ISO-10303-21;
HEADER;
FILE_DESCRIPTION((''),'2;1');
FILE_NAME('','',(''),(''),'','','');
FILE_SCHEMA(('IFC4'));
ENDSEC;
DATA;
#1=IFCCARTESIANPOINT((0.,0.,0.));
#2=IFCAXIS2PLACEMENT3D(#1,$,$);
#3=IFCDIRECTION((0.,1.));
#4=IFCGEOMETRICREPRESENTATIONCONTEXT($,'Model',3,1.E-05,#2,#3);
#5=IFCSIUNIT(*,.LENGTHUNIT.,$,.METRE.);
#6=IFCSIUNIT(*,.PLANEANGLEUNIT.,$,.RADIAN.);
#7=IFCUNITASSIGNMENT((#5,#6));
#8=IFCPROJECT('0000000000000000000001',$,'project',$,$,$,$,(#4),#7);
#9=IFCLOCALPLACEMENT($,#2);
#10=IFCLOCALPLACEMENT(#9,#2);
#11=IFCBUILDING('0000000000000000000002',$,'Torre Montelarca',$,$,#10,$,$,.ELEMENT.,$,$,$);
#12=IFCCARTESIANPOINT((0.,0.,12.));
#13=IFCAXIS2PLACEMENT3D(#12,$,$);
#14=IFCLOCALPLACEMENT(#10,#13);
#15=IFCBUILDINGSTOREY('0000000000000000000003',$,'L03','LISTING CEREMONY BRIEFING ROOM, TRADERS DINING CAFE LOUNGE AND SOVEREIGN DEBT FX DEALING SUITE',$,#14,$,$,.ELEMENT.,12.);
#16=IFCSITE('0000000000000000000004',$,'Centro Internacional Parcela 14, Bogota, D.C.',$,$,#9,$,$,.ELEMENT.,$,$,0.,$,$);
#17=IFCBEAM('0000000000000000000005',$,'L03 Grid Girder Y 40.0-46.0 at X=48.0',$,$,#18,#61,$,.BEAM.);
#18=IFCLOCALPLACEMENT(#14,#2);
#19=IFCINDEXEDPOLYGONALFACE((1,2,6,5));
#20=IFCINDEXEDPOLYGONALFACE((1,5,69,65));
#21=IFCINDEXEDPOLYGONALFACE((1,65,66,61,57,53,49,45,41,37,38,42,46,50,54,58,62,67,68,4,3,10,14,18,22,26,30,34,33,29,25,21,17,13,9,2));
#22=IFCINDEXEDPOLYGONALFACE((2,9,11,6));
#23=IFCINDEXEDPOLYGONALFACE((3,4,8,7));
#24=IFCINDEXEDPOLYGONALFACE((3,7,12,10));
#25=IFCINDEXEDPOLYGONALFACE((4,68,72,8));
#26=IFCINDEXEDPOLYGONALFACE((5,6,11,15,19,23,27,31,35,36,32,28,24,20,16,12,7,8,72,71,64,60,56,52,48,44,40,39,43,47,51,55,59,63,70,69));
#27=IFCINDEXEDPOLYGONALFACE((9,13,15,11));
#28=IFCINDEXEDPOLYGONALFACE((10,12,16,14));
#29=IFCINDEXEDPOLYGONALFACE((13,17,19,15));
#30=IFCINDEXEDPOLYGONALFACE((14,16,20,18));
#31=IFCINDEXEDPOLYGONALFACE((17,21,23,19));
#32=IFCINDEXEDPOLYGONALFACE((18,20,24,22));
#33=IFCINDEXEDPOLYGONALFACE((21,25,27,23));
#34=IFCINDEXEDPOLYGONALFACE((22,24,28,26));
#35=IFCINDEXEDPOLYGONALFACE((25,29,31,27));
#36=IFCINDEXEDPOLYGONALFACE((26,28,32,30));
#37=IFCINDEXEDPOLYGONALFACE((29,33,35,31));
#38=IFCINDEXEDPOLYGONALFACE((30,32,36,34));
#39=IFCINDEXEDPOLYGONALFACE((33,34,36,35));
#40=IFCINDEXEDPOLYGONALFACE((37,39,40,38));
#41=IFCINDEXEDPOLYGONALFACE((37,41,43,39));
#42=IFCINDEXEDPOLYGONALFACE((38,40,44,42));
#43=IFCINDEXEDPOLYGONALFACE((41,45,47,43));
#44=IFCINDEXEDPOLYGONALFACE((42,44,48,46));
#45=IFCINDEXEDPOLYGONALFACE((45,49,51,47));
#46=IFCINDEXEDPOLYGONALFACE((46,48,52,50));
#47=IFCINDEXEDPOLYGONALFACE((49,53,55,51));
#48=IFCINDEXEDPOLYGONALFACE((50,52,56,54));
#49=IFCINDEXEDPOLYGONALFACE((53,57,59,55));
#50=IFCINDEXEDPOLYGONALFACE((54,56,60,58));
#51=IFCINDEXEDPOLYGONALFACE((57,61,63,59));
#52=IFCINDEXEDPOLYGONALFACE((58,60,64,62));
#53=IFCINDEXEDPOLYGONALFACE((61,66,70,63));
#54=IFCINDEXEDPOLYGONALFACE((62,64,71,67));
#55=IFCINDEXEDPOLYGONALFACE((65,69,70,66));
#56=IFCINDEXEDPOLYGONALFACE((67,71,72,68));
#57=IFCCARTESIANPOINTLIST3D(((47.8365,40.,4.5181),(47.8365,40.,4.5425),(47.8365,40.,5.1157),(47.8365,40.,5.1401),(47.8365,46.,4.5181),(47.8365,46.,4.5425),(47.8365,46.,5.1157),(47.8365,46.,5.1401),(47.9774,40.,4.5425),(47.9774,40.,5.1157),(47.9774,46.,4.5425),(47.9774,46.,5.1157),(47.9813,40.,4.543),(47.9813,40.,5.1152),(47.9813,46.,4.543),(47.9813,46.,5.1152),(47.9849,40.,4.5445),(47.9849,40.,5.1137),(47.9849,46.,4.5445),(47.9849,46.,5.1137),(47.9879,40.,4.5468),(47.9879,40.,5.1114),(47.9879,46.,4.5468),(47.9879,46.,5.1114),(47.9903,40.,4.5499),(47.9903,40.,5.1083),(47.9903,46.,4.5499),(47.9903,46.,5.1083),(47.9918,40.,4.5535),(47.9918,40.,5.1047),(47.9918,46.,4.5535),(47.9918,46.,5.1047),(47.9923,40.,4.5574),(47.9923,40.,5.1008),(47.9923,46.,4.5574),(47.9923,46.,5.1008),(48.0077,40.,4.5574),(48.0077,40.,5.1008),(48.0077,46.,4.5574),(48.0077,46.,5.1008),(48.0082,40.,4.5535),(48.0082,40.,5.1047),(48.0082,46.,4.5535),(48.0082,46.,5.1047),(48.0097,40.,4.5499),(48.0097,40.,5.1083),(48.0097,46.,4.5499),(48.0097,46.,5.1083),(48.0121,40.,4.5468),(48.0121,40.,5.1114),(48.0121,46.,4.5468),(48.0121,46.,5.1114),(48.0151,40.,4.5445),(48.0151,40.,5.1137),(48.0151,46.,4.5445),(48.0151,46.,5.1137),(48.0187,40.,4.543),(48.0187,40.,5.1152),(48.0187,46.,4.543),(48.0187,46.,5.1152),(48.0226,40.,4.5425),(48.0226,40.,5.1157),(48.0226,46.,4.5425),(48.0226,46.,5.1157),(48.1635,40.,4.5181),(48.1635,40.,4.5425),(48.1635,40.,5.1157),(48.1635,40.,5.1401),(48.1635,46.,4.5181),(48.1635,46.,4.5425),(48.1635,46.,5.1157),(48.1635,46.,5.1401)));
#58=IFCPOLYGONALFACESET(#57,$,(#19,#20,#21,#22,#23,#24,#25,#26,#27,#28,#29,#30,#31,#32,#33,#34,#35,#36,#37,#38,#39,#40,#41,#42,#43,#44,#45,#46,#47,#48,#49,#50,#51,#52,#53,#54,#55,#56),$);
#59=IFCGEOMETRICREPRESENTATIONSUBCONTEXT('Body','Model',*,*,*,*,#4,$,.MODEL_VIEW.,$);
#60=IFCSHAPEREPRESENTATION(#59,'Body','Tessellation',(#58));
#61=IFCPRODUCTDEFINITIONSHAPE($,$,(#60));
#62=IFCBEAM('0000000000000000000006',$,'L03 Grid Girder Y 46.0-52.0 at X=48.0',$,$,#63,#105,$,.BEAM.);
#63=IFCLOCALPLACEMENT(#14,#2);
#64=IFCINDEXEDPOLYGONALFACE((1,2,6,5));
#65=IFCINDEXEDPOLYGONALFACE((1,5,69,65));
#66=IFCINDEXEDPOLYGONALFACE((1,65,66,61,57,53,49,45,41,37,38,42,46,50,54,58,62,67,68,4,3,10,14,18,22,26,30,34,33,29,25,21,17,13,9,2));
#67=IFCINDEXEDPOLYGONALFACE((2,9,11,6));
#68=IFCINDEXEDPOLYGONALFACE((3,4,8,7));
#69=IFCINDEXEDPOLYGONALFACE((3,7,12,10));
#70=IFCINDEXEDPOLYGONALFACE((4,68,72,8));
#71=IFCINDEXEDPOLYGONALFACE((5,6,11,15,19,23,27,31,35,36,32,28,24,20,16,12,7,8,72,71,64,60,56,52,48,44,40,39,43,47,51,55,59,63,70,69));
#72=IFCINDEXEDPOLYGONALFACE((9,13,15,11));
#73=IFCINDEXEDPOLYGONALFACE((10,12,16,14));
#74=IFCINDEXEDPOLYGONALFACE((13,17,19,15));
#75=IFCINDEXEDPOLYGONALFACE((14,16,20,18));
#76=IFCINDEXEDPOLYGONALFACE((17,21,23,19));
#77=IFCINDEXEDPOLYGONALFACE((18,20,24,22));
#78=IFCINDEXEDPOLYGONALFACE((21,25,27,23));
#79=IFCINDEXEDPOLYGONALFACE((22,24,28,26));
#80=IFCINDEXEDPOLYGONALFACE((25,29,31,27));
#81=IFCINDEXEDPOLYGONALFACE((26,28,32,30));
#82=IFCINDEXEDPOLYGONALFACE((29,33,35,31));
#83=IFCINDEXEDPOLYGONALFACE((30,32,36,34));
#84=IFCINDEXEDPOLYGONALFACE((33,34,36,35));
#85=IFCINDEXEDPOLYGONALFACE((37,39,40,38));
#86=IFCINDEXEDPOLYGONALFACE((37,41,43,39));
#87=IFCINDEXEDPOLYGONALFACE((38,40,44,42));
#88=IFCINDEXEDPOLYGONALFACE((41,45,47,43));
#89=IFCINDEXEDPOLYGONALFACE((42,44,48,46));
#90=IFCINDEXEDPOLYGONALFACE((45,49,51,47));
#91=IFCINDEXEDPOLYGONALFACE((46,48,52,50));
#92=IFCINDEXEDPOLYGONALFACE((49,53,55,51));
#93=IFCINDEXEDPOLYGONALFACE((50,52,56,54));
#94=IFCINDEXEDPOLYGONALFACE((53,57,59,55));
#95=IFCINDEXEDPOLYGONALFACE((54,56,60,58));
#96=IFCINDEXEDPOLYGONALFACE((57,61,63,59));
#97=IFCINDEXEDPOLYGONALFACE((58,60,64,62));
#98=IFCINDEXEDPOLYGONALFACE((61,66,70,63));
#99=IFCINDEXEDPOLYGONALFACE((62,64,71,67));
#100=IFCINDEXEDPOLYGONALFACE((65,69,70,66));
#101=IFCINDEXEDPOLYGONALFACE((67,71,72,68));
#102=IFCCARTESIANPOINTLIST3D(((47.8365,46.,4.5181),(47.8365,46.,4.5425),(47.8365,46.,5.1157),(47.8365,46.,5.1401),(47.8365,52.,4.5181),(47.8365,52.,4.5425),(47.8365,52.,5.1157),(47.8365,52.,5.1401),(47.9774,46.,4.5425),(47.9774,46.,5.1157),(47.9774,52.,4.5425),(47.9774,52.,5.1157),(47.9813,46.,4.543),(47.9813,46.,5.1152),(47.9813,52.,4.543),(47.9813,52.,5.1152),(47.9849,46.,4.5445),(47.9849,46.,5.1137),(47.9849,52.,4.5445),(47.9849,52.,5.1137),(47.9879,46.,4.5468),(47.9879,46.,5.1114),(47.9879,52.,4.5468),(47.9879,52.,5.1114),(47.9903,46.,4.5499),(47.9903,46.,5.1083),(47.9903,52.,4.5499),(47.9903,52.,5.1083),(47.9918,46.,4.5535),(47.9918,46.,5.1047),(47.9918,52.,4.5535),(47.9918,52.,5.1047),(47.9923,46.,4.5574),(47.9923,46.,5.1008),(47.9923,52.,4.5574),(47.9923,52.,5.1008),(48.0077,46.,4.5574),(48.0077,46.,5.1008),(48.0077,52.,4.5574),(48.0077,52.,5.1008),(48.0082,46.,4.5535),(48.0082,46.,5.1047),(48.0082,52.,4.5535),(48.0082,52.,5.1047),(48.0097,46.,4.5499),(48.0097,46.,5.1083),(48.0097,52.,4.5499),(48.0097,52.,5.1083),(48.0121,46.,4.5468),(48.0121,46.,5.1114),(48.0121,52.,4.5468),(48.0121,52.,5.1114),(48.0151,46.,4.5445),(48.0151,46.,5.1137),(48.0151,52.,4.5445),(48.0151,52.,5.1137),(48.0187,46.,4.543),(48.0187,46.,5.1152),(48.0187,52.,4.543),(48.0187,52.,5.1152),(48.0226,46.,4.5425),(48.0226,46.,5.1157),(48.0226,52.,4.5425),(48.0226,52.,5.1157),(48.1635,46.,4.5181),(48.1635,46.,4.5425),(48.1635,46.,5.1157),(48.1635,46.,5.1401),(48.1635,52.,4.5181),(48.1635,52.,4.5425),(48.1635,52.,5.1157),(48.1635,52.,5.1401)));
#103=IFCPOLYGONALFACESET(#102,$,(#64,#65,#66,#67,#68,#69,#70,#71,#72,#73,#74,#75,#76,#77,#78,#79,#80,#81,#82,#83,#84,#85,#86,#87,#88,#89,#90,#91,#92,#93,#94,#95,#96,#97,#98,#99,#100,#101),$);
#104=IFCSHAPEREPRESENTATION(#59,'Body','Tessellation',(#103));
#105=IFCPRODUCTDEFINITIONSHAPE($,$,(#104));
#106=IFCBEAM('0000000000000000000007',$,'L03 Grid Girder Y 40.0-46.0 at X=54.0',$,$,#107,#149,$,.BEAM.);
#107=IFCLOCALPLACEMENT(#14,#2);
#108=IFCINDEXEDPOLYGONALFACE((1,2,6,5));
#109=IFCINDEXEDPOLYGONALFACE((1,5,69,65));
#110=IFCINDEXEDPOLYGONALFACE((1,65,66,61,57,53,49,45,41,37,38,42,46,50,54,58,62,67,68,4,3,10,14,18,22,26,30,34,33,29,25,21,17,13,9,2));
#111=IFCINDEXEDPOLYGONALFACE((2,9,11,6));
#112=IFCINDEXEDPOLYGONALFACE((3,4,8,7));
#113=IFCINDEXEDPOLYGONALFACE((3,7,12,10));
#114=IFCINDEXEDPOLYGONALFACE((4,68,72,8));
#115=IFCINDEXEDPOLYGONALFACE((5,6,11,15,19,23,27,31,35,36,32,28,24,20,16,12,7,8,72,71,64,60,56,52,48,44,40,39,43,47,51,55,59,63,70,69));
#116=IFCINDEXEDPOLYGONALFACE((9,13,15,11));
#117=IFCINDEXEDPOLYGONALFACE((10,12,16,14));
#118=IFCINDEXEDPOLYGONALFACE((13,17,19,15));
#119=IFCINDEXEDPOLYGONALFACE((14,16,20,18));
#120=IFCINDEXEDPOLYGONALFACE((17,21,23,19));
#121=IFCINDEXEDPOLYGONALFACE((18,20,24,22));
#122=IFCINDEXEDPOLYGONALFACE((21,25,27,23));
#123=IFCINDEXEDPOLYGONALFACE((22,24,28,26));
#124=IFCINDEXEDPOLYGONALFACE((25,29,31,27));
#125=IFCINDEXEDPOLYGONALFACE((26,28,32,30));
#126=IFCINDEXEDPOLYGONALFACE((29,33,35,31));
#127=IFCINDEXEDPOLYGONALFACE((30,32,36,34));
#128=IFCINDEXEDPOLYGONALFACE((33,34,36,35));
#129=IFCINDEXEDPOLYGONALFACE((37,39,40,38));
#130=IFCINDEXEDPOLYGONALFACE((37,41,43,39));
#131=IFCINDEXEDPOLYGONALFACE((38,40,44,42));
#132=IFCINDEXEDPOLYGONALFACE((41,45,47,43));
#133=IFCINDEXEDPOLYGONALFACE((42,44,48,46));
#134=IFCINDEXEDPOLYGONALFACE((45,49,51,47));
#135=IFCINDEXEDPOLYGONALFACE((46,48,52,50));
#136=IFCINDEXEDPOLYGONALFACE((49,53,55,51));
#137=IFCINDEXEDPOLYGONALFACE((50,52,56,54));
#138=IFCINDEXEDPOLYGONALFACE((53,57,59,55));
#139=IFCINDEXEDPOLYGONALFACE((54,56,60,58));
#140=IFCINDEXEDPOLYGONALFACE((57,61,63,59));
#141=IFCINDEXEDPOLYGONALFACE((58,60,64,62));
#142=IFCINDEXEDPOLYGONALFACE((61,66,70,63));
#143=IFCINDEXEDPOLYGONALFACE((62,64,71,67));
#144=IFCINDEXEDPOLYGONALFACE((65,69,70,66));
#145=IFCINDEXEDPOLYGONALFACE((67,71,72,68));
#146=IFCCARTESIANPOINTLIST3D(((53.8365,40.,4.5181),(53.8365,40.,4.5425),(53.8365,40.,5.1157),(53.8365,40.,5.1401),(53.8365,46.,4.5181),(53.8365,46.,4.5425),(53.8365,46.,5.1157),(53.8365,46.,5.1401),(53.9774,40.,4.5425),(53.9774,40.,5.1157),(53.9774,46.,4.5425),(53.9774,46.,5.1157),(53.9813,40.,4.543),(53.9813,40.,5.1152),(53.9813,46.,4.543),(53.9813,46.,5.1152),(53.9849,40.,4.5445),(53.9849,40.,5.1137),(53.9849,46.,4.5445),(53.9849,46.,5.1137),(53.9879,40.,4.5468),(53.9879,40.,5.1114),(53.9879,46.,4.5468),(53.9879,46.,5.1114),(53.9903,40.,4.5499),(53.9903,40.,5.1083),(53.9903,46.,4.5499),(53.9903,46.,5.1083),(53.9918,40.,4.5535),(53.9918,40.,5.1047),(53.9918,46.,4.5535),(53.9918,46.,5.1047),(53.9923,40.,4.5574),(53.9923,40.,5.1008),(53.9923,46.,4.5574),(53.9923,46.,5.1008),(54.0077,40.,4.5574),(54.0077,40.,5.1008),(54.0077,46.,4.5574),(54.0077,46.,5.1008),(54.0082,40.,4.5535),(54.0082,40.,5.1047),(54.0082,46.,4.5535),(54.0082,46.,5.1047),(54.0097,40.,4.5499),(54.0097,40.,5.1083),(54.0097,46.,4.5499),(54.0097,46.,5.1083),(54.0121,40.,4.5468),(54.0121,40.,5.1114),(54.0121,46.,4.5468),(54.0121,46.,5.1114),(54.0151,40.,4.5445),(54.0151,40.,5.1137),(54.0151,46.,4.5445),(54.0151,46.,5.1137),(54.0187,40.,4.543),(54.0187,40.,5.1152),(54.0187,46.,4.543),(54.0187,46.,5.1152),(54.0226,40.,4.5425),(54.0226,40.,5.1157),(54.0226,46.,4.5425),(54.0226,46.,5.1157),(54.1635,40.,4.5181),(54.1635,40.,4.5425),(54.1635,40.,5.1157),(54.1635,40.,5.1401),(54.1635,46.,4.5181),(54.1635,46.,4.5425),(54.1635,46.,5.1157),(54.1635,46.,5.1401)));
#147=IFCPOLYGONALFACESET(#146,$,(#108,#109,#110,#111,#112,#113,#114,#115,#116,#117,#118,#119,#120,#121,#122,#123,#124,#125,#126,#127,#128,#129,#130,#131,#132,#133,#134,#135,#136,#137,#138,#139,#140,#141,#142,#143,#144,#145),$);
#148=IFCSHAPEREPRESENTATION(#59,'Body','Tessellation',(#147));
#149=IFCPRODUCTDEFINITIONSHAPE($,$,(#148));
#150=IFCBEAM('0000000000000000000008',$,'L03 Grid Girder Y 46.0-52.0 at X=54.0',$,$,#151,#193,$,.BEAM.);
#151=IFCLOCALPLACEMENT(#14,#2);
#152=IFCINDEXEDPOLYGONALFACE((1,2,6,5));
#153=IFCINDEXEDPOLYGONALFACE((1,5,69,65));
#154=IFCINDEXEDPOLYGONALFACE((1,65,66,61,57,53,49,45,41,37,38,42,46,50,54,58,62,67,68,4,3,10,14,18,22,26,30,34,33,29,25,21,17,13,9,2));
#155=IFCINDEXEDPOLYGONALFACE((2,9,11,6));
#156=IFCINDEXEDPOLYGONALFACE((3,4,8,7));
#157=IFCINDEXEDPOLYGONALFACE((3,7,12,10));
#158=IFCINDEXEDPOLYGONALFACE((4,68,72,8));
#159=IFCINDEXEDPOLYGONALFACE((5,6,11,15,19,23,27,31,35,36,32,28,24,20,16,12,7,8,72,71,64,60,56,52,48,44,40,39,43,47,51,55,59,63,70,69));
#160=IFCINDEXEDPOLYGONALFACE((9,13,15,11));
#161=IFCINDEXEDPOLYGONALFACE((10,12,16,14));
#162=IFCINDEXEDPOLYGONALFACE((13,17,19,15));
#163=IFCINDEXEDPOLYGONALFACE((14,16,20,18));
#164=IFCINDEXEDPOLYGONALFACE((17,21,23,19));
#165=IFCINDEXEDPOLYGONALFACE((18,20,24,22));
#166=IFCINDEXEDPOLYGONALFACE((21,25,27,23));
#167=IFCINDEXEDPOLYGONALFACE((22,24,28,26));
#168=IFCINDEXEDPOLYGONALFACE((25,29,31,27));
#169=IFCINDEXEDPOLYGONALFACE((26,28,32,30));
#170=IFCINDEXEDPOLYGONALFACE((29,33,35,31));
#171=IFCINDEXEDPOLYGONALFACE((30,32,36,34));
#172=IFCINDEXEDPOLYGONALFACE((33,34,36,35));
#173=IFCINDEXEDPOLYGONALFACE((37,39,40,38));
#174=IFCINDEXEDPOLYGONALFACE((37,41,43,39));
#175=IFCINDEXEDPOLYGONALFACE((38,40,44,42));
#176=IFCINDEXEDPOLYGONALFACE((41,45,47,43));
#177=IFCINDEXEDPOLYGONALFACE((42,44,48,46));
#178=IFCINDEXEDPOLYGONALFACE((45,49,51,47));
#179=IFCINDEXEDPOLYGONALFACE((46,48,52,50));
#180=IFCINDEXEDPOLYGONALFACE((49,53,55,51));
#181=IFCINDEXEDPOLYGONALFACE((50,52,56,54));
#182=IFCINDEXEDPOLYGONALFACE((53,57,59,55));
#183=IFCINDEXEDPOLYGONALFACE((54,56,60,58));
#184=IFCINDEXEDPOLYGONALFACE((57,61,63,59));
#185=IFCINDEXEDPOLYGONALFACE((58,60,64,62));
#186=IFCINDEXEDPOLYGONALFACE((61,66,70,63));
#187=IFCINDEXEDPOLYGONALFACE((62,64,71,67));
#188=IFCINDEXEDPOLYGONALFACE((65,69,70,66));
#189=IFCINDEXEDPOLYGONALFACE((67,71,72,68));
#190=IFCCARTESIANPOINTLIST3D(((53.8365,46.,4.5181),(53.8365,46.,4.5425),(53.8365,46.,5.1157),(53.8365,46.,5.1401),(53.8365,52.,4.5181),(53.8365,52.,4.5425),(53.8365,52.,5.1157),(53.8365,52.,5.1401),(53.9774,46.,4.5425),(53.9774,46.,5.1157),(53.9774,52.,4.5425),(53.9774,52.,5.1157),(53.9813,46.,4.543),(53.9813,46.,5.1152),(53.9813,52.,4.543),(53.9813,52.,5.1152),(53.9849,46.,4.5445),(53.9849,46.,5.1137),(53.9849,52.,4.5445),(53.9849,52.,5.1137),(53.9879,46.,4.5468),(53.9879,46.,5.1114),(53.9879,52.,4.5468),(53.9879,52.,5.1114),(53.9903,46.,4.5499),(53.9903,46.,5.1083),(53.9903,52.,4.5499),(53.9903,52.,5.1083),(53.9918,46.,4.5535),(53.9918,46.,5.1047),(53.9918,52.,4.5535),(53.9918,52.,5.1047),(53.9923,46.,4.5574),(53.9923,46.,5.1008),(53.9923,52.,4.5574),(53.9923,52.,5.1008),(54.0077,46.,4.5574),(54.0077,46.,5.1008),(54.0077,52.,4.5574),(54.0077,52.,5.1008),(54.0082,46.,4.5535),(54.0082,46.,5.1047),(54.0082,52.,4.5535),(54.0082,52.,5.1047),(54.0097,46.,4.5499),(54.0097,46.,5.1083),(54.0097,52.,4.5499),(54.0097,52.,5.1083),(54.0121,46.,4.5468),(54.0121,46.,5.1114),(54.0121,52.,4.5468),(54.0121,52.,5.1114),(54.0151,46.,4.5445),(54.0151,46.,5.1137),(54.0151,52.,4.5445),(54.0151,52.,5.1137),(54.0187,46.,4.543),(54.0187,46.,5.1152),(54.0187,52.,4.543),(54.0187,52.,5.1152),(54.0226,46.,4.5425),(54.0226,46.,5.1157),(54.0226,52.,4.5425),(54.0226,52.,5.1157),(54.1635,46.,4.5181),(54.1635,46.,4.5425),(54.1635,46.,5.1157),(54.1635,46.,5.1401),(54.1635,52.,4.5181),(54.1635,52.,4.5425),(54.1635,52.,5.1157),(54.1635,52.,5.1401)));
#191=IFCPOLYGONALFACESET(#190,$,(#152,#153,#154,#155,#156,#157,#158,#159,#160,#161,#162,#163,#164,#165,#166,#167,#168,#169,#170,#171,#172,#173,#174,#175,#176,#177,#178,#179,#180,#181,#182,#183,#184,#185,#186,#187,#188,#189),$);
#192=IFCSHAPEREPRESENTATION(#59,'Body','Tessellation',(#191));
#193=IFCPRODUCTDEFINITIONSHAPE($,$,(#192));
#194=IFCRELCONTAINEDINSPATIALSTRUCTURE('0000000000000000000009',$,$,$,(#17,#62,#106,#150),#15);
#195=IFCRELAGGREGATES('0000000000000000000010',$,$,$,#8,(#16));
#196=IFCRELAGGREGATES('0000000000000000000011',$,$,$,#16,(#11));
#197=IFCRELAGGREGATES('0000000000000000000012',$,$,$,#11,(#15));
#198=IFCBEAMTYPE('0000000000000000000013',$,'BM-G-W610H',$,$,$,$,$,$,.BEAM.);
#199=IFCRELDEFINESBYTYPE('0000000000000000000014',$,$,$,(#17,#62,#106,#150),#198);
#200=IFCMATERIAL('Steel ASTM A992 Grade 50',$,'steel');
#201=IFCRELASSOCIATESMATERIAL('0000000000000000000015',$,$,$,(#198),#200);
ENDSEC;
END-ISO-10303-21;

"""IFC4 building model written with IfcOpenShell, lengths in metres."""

from ifc_helpers import new_model, si_unit, direction, frame, origin, origin_2d, place, context, subcontext, project, spatial, i_section, extrude, source, transform, mapped, material, material_profile, profile_set, type_object, element, save


model = new_model("IFC4")

# Units and contexts
model_context = context("Model", 3, precision=1e-05, world=origin(), true_north=direction((0.0, 1.0)))
body_context = subcontext(model_context, "Body", "Model", "MODEL_VIEW")
ifc_project = project(units=[si_unit("LENGTHUNIT", "METRE"), si_unit("PLANEANGLEUNIT", "RADIAN")], contexts=[model_context])

# Site, building, storey
site_placement = place(None, origin())
site = spatial("IfcSite", under=ifc_project, at=site_placement, Name="Centro Internacional Parcela 14, Bogota, D.C.", CompositionType="ELEMENT", RefElevation=0.0)
building_placement = place(site_placement, origin())
building = spatial("IfcBuilding", under=site, at=building_placement, Name="Torre Montelarca", CompositionType="ELEMENT")
storey_placement = place(building_placement, frame((0.0, 0.0, 12.0)))
storey = spatial("IfcBuildingStorey", under=building, at=storey_placement, Name="L03", Description="LISTING CEREMONY BRIEFING ROOM, TRADERS DINING CAFE LOUNGE AND SOVEREIGN DEBT FX DEALING SUITE", CompositionType="ELEMENT", Elevation=12.0)

# Shared definitions
ifc_material_1 = material(Name="Steel ASTM A992 Grade 50", Category="steel")

# Beams
ifc_material_profile_1 = material_profile(ifc_material_1, i_section(OverallWidth=0.3269, OverallDepth=0.6221, WebThickness=0.0154, FlangeThickness=0.0244, FilletRadius=0.0149, at=origin_2d()), Name="W610X195", Category="steel")
ifc_profile_set_1 = profile_set([ifc_material_profile_1], Name="Steel ASTM A992 Grade 50")
beam_type_1 = type_object("IfcBeamType", Name="BM-G-W610H", PredefinedType="BEAM", material=ifc_profile_set_1)
shared_shape_1 = source(origin(), body_context, "Body", "SweptSolid", [
    extrude(i_section(OverallWidth=0.3269, OverallDepth=0.6221, WebThickness=0.0154, FlangeThickness=0.0244, FilletRadius=0.0149, at=origin_2d()), origin(), (0.0, 0.0, 1.0), 6.0),
])
for number, where, z_axis, x_axis, name in (
    (1, (48.0, 40.0, 4.8291), (0.0, 1.0, 0.0), (-1.0, 0.0, 0.0), "L03 Grid Girder Y 40.0-46.0 at X=48.0"),
    (2, (48.0, 46.0, 4.8291), (0.0, 1.0, 0.0), (-1.0, 0.0, 0.0), "L03 Grid Girder Y 46.0-52.0 at X=48.0"),
    (3, (54.0, 40.0, 4.8291), (0.0, 1.0, 0.0), (-1.0, 0.0, 0.0), "L03 Grid Girder Y 40.0-46.0 at X=54.0"),
    (4, (54.0, 46.0, 4.8291), (0.0, 1.0, 0.0), (-1.0, 0.0, 0.0), "L03 Grid Girder Y 46.0-52.0 at X=54.0"),
):
    element("IfcBeam", number, at=place(storey_placement, frame(where, z_axis=z_axis, x_axis=x_axis)), inside=storey, type_object=beam_type_1, Name=name, PredefinedType="BEAM", context=body_context, shape_type="MappedRepresentation", body=[
        mapped(shared_shape_1, transform((0.0, 0.0, 0.0), scale=1.0)),
    ])

save(model, "model.ifc")
